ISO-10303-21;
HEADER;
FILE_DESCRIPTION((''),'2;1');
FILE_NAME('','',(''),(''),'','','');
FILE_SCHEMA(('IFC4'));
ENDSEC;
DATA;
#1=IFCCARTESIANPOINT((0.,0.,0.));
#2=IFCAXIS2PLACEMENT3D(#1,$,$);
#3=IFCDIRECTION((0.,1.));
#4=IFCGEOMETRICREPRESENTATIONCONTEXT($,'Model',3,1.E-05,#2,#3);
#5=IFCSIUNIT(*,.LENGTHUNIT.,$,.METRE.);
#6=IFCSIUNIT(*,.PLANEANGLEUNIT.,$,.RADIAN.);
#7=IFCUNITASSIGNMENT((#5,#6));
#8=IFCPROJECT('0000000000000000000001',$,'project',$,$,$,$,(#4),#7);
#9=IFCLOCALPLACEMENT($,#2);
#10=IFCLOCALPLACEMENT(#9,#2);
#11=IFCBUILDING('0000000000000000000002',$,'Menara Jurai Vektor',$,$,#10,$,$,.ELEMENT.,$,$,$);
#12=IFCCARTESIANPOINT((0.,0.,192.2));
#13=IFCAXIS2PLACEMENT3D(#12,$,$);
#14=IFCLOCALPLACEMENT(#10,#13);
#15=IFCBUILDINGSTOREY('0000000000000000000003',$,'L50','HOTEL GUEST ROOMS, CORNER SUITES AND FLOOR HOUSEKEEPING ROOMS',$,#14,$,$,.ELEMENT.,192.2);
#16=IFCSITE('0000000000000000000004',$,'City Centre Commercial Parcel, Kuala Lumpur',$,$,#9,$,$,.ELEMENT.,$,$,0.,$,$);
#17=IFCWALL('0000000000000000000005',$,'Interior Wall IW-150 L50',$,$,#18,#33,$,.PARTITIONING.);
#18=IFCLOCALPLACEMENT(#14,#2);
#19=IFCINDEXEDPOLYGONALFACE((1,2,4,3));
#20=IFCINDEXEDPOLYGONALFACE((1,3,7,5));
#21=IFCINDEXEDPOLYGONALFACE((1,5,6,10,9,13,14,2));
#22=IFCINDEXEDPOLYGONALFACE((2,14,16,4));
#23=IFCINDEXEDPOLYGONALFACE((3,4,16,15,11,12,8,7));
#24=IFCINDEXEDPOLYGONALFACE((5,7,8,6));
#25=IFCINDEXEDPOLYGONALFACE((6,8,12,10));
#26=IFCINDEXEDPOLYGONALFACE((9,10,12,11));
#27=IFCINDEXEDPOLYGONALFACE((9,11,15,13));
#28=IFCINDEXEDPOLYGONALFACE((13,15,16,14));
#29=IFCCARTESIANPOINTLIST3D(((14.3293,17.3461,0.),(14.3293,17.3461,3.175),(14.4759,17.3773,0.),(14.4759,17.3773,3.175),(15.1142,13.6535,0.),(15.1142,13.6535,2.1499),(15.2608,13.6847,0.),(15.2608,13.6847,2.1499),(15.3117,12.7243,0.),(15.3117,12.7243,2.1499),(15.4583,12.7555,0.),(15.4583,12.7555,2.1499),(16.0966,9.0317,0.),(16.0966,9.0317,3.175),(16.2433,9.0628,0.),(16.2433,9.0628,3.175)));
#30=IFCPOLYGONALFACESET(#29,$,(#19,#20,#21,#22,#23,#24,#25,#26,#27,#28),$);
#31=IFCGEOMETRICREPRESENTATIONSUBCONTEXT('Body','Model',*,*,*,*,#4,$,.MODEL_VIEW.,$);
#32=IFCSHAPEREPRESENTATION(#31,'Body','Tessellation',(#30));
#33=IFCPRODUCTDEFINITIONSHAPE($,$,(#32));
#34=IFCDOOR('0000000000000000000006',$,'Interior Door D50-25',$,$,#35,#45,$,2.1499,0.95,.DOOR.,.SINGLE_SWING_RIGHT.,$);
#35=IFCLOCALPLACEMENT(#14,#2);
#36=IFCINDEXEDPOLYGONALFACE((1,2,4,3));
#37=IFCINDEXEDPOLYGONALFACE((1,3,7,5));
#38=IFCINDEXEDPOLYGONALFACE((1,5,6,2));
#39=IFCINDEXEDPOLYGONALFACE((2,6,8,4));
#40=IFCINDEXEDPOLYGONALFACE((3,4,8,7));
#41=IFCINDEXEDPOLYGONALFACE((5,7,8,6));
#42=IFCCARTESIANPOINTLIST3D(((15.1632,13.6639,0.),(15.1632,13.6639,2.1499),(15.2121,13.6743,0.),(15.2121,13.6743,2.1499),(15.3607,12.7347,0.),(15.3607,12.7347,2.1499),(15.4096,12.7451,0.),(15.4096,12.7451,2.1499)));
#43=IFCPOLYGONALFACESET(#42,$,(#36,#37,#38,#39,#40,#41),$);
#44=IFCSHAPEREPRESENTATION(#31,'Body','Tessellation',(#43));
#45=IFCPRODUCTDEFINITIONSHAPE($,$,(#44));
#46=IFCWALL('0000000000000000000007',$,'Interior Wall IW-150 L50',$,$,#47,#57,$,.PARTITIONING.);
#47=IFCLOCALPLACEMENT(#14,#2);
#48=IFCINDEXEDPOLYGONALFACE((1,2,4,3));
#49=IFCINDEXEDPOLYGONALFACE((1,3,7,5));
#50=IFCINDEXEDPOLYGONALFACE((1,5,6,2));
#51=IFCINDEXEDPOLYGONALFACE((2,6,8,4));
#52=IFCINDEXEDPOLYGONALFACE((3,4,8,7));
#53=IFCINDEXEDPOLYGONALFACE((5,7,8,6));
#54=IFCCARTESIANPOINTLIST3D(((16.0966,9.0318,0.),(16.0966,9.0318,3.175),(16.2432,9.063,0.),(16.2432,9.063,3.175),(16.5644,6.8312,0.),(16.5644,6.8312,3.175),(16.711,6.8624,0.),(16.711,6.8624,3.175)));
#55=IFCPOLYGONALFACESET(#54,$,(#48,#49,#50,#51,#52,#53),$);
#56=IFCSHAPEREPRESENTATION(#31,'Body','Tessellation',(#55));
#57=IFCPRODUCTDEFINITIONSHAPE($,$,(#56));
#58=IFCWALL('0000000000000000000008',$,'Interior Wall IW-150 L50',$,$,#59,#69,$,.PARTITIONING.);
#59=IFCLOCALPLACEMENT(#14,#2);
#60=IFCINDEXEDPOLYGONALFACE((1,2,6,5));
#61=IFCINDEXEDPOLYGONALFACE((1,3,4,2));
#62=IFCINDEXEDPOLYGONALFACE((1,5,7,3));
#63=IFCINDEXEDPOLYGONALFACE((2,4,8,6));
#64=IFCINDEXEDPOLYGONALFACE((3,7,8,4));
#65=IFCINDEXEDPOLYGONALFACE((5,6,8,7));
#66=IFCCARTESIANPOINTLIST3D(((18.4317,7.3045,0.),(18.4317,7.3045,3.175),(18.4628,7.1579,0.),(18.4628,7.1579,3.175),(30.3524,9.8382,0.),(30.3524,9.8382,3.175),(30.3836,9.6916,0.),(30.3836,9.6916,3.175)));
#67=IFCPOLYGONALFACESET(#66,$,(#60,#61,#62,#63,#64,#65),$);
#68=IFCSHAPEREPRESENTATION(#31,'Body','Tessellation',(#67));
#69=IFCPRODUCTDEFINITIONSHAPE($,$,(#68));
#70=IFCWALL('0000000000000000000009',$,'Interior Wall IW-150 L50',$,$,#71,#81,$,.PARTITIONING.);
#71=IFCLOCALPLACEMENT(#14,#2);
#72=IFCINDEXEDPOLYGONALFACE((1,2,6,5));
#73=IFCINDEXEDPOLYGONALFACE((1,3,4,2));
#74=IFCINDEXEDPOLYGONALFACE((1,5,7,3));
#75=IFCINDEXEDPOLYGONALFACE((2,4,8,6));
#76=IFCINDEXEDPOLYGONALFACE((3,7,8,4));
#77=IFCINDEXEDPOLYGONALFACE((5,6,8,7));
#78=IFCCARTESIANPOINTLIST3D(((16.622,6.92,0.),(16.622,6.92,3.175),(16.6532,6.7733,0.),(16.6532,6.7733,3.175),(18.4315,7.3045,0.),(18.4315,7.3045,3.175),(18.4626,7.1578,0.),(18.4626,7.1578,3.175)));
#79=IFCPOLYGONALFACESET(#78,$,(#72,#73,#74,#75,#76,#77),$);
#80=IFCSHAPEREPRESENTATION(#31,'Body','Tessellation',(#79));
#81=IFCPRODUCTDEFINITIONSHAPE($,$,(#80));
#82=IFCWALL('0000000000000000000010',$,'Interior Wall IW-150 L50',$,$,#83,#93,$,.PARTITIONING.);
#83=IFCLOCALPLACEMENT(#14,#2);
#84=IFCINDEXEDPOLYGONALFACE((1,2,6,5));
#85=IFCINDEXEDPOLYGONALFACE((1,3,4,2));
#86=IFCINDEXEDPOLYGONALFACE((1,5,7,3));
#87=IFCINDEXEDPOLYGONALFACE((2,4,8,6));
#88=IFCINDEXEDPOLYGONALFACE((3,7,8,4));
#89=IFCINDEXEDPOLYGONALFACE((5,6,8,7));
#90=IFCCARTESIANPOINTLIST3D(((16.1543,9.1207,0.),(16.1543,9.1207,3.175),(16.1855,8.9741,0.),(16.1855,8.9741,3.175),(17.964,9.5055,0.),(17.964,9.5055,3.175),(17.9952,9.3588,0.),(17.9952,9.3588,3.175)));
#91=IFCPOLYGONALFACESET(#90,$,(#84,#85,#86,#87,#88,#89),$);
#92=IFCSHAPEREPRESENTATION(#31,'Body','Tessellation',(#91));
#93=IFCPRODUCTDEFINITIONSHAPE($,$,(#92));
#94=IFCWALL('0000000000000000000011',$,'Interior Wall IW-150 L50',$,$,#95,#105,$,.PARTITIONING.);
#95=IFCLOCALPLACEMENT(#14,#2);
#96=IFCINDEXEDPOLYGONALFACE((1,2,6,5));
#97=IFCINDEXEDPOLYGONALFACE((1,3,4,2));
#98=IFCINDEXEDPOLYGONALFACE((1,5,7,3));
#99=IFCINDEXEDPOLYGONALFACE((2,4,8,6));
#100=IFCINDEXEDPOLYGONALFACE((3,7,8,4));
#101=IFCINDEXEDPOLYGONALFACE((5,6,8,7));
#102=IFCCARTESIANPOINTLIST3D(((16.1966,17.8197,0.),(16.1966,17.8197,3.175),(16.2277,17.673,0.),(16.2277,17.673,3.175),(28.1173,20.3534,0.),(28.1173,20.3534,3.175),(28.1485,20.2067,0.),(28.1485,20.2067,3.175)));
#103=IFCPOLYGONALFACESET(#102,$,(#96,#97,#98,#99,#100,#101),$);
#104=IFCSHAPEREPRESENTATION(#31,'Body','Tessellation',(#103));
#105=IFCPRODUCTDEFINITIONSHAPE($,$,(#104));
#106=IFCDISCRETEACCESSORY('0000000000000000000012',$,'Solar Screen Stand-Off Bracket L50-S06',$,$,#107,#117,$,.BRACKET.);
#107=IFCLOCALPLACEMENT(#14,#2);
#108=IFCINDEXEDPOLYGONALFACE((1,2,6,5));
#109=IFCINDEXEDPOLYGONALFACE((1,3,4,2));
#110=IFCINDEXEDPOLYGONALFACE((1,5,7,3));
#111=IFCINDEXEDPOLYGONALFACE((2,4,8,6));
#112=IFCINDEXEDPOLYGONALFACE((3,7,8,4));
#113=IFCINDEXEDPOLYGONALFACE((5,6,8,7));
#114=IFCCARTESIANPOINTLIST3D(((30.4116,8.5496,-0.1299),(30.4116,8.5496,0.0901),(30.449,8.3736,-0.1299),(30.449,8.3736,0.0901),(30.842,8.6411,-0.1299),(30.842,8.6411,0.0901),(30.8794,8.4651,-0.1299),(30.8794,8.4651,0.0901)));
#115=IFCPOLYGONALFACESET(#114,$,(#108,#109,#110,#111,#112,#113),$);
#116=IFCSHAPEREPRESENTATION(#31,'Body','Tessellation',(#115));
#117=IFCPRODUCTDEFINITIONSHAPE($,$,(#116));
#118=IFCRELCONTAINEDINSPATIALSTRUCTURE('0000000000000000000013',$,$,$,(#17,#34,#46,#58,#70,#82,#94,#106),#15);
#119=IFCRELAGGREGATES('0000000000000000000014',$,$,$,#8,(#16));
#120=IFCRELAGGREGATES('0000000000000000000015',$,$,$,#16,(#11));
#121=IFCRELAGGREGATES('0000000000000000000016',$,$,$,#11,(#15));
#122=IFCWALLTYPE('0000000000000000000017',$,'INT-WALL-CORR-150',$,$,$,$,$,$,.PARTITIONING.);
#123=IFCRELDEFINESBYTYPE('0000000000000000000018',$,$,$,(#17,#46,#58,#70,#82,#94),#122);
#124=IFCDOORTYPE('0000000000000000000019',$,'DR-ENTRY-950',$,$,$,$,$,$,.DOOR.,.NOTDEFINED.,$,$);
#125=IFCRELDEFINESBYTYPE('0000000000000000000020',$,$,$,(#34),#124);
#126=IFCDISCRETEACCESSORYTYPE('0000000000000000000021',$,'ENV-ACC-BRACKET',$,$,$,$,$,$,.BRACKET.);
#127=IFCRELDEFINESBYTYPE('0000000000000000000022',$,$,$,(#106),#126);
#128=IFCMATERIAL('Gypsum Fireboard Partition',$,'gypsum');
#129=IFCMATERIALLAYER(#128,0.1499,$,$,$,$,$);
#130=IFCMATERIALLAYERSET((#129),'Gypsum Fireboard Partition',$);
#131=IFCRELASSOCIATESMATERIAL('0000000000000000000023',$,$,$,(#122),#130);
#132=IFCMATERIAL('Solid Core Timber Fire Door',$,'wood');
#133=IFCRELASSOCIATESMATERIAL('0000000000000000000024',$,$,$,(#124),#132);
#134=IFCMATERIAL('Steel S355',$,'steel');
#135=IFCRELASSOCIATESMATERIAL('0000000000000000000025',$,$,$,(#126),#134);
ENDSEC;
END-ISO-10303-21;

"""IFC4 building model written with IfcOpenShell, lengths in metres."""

from ifc_helpers import new_model, si_unit, direction, frame, frame_2d, origin, origin_2d, place, context, subcontext, project, spatial, rectangle, extrude, material, layer, layer_set, type_object, element, fill, save


model = new_model("IFC4")

# Units and contexts
model_context = context("Model", 3, precision=1e-05, world=origin(), true_north=direction((0.0, 1.0)))
body_context = subcontext(model_context, "Body", "Model", "MODEL_VIEW")
ifc_project = project(units=[si_unit("LENGTHUNIT", "METRE"), si_unit("PLANEANGLEUNIT", "RADIAN")], contexts=[model_context])

# Site, building, storey
site_placement = place(None, origin())
site = spatial("IfcSite", under=ifc_project, at=site_placement, Name="City Centre Commercial Parcel, Kuala Lumpur", CompositionType="ELEMENT", RefElevation=0.0)
building_placement = place(site_placement, origin())
building = spatial("IfcBuilding", under=site, at=building_placement, Name="Menara Jurai Vektor", CompositionType="ELEMENT")
storey_placement = place(building_placement, frame((0.0, 0.0, 192.2)))
storey = spatial("IfcBuildingStorey", under=building, at=storey_placement, Name="L50", Description="HOTEL GUEST ROOMS, CORNER SUITES AND FLOOR HOUSEKEEPING ROOMS", CompositionType="ELEMENT", Elevation=192.2)

# Shared definitions
ifc_material_1 = material(Name="Steel S355", Category="steel")

# Wall, opening, door
ifc_material_2 = material(Name="Gypsum Fireboard Partition", Category="gypsum")
ifc_layer_1 = layer(ifc_material_2, 0.1499)
ifc_layer_set_1 = layer_set([ifc_layer_1], Name="Gypsum Fireboard Partition")
wall_type = type_object("IfcWallType", Name="INT-WALL-CORR-150", PredefinedType="PARTITIONING", material=ifc_layer_set_1)
wall_1_placement = place(storey_placement, frame((16.1699, 9.0474, 0.0), z_axis=(0.0, 0.0, 1.0), x_axis=(-0.207916, 0.978147, 0.0)))
wall_1 = element("IfcWall", 1, at=wall_1_placement, inside=storey, type_object=wall_type, Name="Interior Wall IW-150 L50", PredefinedType="PARTITIONING", context=body_context, shape_type="SweptSolid", body=[
    extrude(rectangle(XDim=8.5002, YDim=0.1499, at=frame_2d((4.25, 0.0))), origin(), (0.0, 0.0, 1.0), 3.175),
])
opening_1_placement = place(wall_1_placement, frame((3.7749, 0.0, 0.0)))
opening_1 = element("IfcOpeningElement", 2, at=opening_1_placement, cuts=wall_1, PredefinedType="OPENING", context=body_context, shape_type="SweptSolid", body=[
    extrude(rectangle(XDim=0.95, YDim=2.1499, at=frame_2d((0.4751, 1.075))), frame((0.0, 0.085, 0.0), z_axis=(0.0, -1.0, 0.0), x_axis=(1.0, 0.0, 0.0)), (0.0, 0.0, 1.0), 0.1699),
])
ifc_material_3 = material(Name="Solid Core Timber Fire Door", Category="wood")
door_type_1 = type_object("IfcDoorType", Name="DR-ENTRY-950", OperationType="NOTDEFINED", PredefinedType="DOOR", material=ifc_material_3)
door_1_placement = place(opening_1_placement, origin())
door_1 = element("IfcDoor", 3, at=door_1_placement, inside=storey, type_object=door_type_1, Name="Interior Door D50-25", OperationType="SINGLE_SWING_RIGHT", OverallHeight=2.1499, OverallWidth=0.95, PredefinedType="DOOR", context=body_context, shape_type="SweptSolid", body=[
    extrude(rectangle(XDim=0.95, YDim=2.1499, at=frame_2d((0.4751, 1.075))), frame((0.0, 0.0249, 0.0), z_axis=(0.0, -1.0, 0.0), x_axis=(1.0, 0.0, 0.0)), (0.0, 0.0, 1.0), 0.05),
])
fill(opening_1, door_1)

# Walls
wall_2_placement = place(storey_placement, frame((16.6377, 6.8467, 0.0), z_axis=(0.0, 0.0, 1.0), x_axis=(-0.207913, 0.978147, 0.0)))
element("IfcWall", 4, at=wall_2_placement, inside=storey, type_object=wall_type, Name="Interior Wall IW-150 L50", PredefinedType="PARTITIONING", context=body_context, shape_type="SweptSolid", body=[
    extrude(rectangle(XDim=2.2498, YDim=0.1499, at=frame_2d((1.125, 0.0))), origin(), (0.0, 0.0, 1.0), 3.175),
])
wall_3_placement = place(storey_placement, frame((18.4473, 7.2312, 0.0), z_axis=(0.0, 0.0, 1.0), x_axis=(0.97815, 0.207902, 0.0)))
element("IfcWall", 5, at=wall_3_placement, inside=storey, type_object=wall_type, Name="Interior Wall IW-150 L50", PredefinedType="PARTITIONING", context=body_context, shape_type="SweptSolid", body=[
    extrude(rectangle(XDim=12.187, YDim=0.1499, at=frame_2d((6.0935, 0.0))), origin(), (0.0, 0.0, 1.0), 3.175),
])
wall_4_placement = place(storey_placement, frame((16.6377, 6.8467, 0.0), z_axis=(0.0, 0.0, 1.0), x_axis=(0.97816, 0.207852, 0.0)))
element("IfcWall", 6, at=wall_4_placement, inside=storey, type_object=wall_type, Name="Interior Wall IW-150 L50", PredefinedType="PARTITIONING", context=body_context, shape_type="SweptSolid", body=[
    extrude(rectangle(XDim=1.8499, YDim=0.1499, at=frame_2d((0.9248, 0.0))), origin(), (0.0, 0.0, 1.0), 3.175),
])
wall_5_placement = place(storey_placement, frame((16.1699, 9.0474, 0.0), z_axis=(0.0, 0.0, 1.0), x_axis=(0.978133, 0.207979, 0.0)))
element("IfcWall", 7, at=wall_5_placement, inside=storey, type_object=wall_type, Name="Interior Wall IW-150 L50", PredefinedType="PARTITIONING", context=body_context, shape_type="SweptSolid", body=[
    extrude(rectangle(XDim=1.8501, YDim=0.1499, at=frame_2d((0.925, 0.0))), origin(), (0.0, 0.0, 1.0), 3.175),
])

# Wall
wall_6_placement = place(storey_placement, frame((16.2122, 17.7463, 0.0), z_axis=(0.0, 0.0, 1.0), x_axis=(0.97815, 0.207902, 0.0)))
element("IfcWall", 8, at=wall_6_placement, inside=storey, type_object=wall_type, Name="Interior Wall IW-150 L50", PredefinedType="PARTITIONING", context=body_context, shape_type="SweptSolid", body=[
    extrude(rectangle(XDim=12.187, YDim=0.1499, at=frame_2d((6.0935, 0.0))), origin(), (0.0, 0.0, 1.0), 3.175),
])

# Discrete accessory
discrete_accessory_type = type_object("IfcDiscreteAccessoryType", Name="ENV-ACC-BRACKET", PredefinedType="BRACKET", material=ifc_material_1)
discrete_accessory_placement = place(storey_placement, frame((30.6455, 8.5073, -0.1299), z_axis=(0.0, 0.0, 1.0), x_axis=(-0.207912, 0.978148, 0.0)))
element("IfcDiscreteAccessory", 9, at=discrete_accessory_placement, inside=storey, type_object=discrete_accessory_type, Name="Solar Screen Stand-Off Bracket L50-S06", PredefinedType="BRACKET", context=body_context, shape_type="SweptSolid", body=[
    extrude(rectangle(XDim=0.1799, YDim=0.4399, at=origin_2d()), origin(), (0.0, 0.0, 1.0), 0.22),
])

save(model, "model.ifc")
